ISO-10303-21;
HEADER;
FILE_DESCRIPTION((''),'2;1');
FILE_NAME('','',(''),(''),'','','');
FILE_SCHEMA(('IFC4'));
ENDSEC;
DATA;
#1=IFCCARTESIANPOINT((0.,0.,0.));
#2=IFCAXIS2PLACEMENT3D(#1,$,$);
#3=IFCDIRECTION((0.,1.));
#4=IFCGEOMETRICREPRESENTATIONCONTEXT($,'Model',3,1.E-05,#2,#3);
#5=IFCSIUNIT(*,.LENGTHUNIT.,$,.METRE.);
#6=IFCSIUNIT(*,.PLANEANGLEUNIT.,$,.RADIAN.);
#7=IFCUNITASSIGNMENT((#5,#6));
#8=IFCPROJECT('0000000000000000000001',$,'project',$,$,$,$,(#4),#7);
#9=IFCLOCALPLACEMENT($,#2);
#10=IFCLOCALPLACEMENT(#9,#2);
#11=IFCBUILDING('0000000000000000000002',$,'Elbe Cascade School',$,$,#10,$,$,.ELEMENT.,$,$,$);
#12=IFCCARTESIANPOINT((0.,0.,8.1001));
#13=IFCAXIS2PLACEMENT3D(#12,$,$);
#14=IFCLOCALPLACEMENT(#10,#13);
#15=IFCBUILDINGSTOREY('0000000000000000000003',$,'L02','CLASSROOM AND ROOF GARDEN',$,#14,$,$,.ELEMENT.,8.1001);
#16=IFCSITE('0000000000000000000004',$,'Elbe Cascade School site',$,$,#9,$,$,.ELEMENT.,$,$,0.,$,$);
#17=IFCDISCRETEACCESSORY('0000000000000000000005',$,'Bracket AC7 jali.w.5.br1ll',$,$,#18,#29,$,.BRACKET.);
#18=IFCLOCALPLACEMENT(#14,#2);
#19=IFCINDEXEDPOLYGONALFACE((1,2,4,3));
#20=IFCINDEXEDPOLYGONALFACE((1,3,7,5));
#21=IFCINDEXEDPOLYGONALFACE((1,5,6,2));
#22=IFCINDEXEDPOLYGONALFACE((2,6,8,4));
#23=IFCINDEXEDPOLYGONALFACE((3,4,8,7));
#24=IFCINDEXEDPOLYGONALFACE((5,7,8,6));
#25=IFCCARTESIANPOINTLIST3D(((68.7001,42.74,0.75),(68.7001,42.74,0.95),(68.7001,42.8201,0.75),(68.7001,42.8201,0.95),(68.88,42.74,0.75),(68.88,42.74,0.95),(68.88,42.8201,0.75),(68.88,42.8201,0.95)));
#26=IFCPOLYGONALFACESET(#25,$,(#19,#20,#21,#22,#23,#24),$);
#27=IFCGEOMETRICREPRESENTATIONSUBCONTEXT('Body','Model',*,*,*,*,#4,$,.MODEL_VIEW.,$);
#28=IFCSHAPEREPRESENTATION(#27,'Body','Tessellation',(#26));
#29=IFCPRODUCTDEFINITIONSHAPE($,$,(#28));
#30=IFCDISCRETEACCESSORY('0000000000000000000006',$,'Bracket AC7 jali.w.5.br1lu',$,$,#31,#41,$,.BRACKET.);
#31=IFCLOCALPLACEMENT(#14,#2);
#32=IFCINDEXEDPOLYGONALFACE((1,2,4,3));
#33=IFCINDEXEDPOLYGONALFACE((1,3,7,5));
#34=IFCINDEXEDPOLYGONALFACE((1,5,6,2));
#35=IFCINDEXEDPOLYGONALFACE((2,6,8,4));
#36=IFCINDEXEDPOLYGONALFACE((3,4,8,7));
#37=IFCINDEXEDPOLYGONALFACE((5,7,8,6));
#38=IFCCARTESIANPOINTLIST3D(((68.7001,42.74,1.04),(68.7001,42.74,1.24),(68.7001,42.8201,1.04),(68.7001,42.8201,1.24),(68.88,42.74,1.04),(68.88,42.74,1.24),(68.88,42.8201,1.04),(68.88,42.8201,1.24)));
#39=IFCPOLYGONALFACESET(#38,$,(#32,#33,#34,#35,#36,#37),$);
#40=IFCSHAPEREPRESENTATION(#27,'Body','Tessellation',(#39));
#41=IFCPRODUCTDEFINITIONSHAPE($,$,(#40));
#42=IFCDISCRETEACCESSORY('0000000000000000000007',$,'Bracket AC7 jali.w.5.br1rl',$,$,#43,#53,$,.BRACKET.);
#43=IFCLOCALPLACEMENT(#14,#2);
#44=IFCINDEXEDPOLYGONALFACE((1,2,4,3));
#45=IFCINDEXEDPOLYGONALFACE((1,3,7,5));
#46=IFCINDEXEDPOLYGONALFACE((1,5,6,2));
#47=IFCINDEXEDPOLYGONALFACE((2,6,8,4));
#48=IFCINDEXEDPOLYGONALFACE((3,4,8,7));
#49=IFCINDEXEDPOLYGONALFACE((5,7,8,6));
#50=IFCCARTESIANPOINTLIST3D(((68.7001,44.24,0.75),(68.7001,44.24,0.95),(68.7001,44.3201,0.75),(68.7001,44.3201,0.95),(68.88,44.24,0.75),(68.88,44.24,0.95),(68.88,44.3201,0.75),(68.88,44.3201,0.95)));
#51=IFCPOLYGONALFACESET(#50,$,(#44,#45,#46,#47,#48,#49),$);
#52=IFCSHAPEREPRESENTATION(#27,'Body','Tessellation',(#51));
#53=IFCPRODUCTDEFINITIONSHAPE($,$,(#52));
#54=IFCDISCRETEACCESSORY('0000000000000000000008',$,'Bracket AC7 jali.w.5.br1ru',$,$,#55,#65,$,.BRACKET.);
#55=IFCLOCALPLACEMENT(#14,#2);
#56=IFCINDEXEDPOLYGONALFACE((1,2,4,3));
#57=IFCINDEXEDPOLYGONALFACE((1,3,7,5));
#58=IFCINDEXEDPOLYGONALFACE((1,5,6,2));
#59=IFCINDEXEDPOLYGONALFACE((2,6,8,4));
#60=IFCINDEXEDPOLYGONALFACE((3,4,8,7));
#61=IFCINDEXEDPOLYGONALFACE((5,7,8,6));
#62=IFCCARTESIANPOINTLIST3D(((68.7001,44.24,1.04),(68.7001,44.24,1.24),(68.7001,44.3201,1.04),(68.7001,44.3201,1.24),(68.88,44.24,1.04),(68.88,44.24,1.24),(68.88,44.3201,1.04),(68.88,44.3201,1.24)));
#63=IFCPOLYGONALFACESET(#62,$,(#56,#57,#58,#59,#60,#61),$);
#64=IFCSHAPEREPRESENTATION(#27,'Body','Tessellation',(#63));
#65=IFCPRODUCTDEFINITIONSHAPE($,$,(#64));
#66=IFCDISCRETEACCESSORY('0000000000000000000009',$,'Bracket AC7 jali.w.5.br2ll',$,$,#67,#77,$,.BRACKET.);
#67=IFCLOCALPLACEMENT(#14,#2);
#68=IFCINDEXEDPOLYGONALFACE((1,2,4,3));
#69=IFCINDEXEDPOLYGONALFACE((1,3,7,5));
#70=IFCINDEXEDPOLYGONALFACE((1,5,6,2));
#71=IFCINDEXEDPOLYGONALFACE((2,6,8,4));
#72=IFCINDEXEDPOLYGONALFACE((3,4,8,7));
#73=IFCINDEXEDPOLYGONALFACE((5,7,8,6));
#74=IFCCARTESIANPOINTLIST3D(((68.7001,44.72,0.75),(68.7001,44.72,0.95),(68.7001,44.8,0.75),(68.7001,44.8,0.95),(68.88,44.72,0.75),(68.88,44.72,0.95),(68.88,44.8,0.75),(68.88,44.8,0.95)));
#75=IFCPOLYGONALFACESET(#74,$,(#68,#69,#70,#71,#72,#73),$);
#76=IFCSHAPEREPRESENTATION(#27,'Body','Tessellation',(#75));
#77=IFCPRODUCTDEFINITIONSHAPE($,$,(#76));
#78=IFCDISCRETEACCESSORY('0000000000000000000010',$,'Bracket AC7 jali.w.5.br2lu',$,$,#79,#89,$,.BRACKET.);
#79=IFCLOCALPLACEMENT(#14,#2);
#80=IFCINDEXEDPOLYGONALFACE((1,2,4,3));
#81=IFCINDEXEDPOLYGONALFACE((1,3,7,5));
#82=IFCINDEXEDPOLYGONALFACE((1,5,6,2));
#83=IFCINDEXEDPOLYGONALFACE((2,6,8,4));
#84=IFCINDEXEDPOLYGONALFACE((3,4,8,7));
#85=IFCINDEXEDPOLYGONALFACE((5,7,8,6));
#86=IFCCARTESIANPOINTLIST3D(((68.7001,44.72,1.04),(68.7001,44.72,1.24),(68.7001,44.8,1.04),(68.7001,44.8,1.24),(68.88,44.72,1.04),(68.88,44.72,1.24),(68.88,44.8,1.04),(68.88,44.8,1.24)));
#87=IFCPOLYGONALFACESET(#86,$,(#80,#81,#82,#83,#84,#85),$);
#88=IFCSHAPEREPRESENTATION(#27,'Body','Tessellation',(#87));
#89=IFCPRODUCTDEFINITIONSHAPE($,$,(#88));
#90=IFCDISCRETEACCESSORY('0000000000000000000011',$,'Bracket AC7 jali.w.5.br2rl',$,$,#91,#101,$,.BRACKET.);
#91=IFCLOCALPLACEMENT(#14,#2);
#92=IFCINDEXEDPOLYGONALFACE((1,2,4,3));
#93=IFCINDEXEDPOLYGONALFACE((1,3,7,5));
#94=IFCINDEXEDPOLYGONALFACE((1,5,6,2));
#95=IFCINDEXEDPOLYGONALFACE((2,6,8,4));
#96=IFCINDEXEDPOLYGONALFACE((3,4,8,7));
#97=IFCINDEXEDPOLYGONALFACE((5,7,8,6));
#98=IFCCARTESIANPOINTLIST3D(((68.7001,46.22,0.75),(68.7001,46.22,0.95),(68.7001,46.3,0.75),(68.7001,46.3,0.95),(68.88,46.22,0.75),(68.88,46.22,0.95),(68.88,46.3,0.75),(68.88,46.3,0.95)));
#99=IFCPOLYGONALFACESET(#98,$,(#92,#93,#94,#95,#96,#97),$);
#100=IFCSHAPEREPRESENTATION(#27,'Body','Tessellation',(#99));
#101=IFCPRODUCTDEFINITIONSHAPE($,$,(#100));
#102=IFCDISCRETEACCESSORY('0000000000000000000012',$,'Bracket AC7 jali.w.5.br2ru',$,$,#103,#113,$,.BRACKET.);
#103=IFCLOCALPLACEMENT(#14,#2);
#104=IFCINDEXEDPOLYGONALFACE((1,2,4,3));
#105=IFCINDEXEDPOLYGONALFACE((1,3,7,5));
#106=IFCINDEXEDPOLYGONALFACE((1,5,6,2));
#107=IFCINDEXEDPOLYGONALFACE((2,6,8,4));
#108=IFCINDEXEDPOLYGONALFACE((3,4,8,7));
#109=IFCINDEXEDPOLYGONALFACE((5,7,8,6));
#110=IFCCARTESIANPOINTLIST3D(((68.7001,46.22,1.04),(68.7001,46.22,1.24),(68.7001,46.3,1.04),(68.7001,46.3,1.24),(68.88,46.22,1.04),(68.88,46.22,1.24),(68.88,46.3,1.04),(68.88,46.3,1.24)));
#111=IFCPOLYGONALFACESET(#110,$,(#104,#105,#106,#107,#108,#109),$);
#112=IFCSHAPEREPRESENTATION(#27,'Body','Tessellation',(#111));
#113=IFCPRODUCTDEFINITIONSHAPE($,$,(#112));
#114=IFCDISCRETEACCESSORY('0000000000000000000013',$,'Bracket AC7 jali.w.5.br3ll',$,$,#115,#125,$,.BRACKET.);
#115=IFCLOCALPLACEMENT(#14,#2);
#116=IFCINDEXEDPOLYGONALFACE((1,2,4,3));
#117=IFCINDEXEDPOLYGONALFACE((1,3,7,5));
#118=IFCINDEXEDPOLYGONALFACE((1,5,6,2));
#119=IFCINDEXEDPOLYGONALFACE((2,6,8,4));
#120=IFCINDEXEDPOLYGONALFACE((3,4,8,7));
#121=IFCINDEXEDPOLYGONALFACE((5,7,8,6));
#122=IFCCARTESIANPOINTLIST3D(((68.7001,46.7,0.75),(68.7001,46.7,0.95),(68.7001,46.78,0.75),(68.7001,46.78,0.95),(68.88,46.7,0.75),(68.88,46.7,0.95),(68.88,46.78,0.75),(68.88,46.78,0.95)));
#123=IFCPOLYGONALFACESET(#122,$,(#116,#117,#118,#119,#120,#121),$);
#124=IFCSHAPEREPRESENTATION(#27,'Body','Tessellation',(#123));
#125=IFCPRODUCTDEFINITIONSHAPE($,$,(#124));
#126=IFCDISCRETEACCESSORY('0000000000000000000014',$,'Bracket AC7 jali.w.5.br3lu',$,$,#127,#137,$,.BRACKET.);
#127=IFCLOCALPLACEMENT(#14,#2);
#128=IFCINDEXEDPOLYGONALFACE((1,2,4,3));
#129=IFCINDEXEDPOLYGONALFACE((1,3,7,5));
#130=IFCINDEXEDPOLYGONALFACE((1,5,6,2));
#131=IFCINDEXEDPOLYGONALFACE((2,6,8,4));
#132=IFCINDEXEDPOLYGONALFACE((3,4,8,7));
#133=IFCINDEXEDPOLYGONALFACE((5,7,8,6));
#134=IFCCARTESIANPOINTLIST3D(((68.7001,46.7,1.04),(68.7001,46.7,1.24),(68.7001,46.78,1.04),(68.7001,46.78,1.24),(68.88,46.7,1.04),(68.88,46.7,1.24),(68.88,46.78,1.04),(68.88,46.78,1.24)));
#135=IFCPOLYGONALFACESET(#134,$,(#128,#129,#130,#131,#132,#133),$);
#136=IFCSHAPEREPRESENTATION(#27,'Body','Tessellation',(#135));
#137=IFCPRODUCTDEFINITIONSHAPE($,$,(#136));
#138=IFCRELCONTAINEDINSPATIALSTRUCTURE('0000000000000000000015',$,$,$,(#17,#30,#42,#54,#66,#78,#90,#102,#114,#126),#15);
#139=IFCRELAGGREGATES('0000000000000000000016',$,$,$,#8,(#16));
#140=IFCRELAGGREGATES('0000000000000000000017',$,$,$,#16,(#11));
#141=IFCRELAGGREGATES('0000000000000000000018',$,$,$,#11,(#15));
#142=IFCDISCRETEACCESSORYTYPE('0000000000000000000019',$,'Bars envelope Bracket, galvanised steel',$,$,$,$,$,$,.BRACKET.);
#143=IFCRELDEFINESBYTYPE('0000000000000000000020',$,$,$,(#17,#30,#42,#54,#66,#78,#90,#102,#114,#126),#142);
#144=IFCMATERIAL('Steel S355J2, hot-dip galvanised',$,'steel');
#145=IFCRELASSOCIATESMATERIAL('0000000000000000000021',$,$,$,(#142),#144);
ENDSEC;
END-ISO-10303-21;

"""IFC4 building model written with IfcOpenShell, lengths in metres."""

from ifc_helpers import new_model, si_unit, direction, frame, origin, origin_2d, place, context, subcontext, project, spatial, rectangle, extrude, material, type_object, element, save


model = new_model("IFC4")

# Units and contexts
model_context = context("Model", 3, precision=1e-05, world=origin(), true_north=direction((0.0, 1.0)))
body_context = subcontext(model_context, "Body", "Model", "MODEL_VIEW")
ifc_project = project(units=[si_unit("LENGTHUNIT", "METRE"), si_unit("PLANEANGLEUNIT", "RADIAN")], contexts=[model_context])

# Site, building, storey
site_placement = place(None, origin())
site = spatial("IfcSite", under=ifc_project, at=site_placement, Name="Elbe Cascade School site", CompositionType="ELEMENT", RefElevation=0.0)
building_placement = place(site_placement, origin())
building = spatial("IfcBuilding", under=site, at=building_placement, Name="Elbe Cascade School", CompositionType="ELEMENT")
storey_placement = place(building_placement, frame((0.0, 0.0, 8.1001)))
storey = spatial("IfcBuildingStorey", under=building, at=storey_placement, Name="L02", Description="CLASSROOM AND ROOF GARDEN", CompositionType="ELEMENT", Elevation=8.1001)

# Discrete accessories
ifc_material_1 = material(Name="Steel S355J2, hot-dip galvanised", Category="steel")
discrete_accessory_type = type_object("IfcDiscreteAccessoryType", Name="Bars envelope Bracket, galvanised steel", PredefinedType="BRACKET", material=ifc_material_1)
for number, where, z_axis, x_axis, name in (
    (1, (68.79, 42.78, 0.75), (0.0, 0.0, 1.0), (0.0, 1.0, 0.0), "Bracket AC7 jali.w.5.br1ll"),
    (2, (68.79, 42.78, 1.04), (0.0, 0.0, 1.0), (0.0, 1.0, 0.0), "Bracket AC7 jali.w.5.br1lu"),
    (3, (68.79, 44.28, 0.75), (0.0, 0.0, 1.0), (0.0, 1.0, 0.0), "Bracket AC7 jali.w.5.br1rl"),
    (4, (68.79, 44.28, 1.04), (0.0, 0.0, 1.0), (0.0, 1.0, 0.0), "Bracket AC7 jali.w.5.br1ru"),
    (5, (68.79, 44.76, 0.75), (0.0, 0.0, 1.0), (0.0, 1.0, 0.0), "Bracket AC7 jali.w.5.br2ll"),
    (6, (68.79, 44.76, 1.04), (0.0, 0.0, 1.0), (0.0, 1.0, 0.0), "Bracket AC7 jali.w.5.br2lu"),
    (7, (68.79, 46.26, 0.75), (0.0, 0.0, 1.0), (0.0, 1.0, 0.0), "Bracket AC7 jali.w.5.br2rl"),
    (8, (68.79, 46.26, 1.04), (0.0, 0.0, 1.0), (0.0, 1.0, 0.0), "Bracket AC7 jali.w.5.br2ru"),
    (9, (68.79, 46.74, 0.75), (0.0, 0.0, 1.0), (0.0, 1.0, 0.0), "Bracket AC7 jali.w.5.br3ll"),
    (10, (68.79, 46.74, 1.04), (0.0, 0.0, 1.0), (0.0, 1.0, 0.0), "Bracket AC7 jali.w.5.br3lu"),
):
    element("IfcDiscreteAccessory", number, at=place(storey_placement, frame(where, z_axis=z_axis, x_axis=x_axis)), inside=storey, type_object=discrete_accessory_type, Name=name, PredefinedType="BRACKET", context=body_context, shape_type="SweptSolid", body=[
        extrude(rectangle(XDim=0.0801, YDim=0.1799, at=origin_2d()), origin(), (0.0, 0.0, 1.0), 0.2),
    ])

save(model, "model.ifc")
